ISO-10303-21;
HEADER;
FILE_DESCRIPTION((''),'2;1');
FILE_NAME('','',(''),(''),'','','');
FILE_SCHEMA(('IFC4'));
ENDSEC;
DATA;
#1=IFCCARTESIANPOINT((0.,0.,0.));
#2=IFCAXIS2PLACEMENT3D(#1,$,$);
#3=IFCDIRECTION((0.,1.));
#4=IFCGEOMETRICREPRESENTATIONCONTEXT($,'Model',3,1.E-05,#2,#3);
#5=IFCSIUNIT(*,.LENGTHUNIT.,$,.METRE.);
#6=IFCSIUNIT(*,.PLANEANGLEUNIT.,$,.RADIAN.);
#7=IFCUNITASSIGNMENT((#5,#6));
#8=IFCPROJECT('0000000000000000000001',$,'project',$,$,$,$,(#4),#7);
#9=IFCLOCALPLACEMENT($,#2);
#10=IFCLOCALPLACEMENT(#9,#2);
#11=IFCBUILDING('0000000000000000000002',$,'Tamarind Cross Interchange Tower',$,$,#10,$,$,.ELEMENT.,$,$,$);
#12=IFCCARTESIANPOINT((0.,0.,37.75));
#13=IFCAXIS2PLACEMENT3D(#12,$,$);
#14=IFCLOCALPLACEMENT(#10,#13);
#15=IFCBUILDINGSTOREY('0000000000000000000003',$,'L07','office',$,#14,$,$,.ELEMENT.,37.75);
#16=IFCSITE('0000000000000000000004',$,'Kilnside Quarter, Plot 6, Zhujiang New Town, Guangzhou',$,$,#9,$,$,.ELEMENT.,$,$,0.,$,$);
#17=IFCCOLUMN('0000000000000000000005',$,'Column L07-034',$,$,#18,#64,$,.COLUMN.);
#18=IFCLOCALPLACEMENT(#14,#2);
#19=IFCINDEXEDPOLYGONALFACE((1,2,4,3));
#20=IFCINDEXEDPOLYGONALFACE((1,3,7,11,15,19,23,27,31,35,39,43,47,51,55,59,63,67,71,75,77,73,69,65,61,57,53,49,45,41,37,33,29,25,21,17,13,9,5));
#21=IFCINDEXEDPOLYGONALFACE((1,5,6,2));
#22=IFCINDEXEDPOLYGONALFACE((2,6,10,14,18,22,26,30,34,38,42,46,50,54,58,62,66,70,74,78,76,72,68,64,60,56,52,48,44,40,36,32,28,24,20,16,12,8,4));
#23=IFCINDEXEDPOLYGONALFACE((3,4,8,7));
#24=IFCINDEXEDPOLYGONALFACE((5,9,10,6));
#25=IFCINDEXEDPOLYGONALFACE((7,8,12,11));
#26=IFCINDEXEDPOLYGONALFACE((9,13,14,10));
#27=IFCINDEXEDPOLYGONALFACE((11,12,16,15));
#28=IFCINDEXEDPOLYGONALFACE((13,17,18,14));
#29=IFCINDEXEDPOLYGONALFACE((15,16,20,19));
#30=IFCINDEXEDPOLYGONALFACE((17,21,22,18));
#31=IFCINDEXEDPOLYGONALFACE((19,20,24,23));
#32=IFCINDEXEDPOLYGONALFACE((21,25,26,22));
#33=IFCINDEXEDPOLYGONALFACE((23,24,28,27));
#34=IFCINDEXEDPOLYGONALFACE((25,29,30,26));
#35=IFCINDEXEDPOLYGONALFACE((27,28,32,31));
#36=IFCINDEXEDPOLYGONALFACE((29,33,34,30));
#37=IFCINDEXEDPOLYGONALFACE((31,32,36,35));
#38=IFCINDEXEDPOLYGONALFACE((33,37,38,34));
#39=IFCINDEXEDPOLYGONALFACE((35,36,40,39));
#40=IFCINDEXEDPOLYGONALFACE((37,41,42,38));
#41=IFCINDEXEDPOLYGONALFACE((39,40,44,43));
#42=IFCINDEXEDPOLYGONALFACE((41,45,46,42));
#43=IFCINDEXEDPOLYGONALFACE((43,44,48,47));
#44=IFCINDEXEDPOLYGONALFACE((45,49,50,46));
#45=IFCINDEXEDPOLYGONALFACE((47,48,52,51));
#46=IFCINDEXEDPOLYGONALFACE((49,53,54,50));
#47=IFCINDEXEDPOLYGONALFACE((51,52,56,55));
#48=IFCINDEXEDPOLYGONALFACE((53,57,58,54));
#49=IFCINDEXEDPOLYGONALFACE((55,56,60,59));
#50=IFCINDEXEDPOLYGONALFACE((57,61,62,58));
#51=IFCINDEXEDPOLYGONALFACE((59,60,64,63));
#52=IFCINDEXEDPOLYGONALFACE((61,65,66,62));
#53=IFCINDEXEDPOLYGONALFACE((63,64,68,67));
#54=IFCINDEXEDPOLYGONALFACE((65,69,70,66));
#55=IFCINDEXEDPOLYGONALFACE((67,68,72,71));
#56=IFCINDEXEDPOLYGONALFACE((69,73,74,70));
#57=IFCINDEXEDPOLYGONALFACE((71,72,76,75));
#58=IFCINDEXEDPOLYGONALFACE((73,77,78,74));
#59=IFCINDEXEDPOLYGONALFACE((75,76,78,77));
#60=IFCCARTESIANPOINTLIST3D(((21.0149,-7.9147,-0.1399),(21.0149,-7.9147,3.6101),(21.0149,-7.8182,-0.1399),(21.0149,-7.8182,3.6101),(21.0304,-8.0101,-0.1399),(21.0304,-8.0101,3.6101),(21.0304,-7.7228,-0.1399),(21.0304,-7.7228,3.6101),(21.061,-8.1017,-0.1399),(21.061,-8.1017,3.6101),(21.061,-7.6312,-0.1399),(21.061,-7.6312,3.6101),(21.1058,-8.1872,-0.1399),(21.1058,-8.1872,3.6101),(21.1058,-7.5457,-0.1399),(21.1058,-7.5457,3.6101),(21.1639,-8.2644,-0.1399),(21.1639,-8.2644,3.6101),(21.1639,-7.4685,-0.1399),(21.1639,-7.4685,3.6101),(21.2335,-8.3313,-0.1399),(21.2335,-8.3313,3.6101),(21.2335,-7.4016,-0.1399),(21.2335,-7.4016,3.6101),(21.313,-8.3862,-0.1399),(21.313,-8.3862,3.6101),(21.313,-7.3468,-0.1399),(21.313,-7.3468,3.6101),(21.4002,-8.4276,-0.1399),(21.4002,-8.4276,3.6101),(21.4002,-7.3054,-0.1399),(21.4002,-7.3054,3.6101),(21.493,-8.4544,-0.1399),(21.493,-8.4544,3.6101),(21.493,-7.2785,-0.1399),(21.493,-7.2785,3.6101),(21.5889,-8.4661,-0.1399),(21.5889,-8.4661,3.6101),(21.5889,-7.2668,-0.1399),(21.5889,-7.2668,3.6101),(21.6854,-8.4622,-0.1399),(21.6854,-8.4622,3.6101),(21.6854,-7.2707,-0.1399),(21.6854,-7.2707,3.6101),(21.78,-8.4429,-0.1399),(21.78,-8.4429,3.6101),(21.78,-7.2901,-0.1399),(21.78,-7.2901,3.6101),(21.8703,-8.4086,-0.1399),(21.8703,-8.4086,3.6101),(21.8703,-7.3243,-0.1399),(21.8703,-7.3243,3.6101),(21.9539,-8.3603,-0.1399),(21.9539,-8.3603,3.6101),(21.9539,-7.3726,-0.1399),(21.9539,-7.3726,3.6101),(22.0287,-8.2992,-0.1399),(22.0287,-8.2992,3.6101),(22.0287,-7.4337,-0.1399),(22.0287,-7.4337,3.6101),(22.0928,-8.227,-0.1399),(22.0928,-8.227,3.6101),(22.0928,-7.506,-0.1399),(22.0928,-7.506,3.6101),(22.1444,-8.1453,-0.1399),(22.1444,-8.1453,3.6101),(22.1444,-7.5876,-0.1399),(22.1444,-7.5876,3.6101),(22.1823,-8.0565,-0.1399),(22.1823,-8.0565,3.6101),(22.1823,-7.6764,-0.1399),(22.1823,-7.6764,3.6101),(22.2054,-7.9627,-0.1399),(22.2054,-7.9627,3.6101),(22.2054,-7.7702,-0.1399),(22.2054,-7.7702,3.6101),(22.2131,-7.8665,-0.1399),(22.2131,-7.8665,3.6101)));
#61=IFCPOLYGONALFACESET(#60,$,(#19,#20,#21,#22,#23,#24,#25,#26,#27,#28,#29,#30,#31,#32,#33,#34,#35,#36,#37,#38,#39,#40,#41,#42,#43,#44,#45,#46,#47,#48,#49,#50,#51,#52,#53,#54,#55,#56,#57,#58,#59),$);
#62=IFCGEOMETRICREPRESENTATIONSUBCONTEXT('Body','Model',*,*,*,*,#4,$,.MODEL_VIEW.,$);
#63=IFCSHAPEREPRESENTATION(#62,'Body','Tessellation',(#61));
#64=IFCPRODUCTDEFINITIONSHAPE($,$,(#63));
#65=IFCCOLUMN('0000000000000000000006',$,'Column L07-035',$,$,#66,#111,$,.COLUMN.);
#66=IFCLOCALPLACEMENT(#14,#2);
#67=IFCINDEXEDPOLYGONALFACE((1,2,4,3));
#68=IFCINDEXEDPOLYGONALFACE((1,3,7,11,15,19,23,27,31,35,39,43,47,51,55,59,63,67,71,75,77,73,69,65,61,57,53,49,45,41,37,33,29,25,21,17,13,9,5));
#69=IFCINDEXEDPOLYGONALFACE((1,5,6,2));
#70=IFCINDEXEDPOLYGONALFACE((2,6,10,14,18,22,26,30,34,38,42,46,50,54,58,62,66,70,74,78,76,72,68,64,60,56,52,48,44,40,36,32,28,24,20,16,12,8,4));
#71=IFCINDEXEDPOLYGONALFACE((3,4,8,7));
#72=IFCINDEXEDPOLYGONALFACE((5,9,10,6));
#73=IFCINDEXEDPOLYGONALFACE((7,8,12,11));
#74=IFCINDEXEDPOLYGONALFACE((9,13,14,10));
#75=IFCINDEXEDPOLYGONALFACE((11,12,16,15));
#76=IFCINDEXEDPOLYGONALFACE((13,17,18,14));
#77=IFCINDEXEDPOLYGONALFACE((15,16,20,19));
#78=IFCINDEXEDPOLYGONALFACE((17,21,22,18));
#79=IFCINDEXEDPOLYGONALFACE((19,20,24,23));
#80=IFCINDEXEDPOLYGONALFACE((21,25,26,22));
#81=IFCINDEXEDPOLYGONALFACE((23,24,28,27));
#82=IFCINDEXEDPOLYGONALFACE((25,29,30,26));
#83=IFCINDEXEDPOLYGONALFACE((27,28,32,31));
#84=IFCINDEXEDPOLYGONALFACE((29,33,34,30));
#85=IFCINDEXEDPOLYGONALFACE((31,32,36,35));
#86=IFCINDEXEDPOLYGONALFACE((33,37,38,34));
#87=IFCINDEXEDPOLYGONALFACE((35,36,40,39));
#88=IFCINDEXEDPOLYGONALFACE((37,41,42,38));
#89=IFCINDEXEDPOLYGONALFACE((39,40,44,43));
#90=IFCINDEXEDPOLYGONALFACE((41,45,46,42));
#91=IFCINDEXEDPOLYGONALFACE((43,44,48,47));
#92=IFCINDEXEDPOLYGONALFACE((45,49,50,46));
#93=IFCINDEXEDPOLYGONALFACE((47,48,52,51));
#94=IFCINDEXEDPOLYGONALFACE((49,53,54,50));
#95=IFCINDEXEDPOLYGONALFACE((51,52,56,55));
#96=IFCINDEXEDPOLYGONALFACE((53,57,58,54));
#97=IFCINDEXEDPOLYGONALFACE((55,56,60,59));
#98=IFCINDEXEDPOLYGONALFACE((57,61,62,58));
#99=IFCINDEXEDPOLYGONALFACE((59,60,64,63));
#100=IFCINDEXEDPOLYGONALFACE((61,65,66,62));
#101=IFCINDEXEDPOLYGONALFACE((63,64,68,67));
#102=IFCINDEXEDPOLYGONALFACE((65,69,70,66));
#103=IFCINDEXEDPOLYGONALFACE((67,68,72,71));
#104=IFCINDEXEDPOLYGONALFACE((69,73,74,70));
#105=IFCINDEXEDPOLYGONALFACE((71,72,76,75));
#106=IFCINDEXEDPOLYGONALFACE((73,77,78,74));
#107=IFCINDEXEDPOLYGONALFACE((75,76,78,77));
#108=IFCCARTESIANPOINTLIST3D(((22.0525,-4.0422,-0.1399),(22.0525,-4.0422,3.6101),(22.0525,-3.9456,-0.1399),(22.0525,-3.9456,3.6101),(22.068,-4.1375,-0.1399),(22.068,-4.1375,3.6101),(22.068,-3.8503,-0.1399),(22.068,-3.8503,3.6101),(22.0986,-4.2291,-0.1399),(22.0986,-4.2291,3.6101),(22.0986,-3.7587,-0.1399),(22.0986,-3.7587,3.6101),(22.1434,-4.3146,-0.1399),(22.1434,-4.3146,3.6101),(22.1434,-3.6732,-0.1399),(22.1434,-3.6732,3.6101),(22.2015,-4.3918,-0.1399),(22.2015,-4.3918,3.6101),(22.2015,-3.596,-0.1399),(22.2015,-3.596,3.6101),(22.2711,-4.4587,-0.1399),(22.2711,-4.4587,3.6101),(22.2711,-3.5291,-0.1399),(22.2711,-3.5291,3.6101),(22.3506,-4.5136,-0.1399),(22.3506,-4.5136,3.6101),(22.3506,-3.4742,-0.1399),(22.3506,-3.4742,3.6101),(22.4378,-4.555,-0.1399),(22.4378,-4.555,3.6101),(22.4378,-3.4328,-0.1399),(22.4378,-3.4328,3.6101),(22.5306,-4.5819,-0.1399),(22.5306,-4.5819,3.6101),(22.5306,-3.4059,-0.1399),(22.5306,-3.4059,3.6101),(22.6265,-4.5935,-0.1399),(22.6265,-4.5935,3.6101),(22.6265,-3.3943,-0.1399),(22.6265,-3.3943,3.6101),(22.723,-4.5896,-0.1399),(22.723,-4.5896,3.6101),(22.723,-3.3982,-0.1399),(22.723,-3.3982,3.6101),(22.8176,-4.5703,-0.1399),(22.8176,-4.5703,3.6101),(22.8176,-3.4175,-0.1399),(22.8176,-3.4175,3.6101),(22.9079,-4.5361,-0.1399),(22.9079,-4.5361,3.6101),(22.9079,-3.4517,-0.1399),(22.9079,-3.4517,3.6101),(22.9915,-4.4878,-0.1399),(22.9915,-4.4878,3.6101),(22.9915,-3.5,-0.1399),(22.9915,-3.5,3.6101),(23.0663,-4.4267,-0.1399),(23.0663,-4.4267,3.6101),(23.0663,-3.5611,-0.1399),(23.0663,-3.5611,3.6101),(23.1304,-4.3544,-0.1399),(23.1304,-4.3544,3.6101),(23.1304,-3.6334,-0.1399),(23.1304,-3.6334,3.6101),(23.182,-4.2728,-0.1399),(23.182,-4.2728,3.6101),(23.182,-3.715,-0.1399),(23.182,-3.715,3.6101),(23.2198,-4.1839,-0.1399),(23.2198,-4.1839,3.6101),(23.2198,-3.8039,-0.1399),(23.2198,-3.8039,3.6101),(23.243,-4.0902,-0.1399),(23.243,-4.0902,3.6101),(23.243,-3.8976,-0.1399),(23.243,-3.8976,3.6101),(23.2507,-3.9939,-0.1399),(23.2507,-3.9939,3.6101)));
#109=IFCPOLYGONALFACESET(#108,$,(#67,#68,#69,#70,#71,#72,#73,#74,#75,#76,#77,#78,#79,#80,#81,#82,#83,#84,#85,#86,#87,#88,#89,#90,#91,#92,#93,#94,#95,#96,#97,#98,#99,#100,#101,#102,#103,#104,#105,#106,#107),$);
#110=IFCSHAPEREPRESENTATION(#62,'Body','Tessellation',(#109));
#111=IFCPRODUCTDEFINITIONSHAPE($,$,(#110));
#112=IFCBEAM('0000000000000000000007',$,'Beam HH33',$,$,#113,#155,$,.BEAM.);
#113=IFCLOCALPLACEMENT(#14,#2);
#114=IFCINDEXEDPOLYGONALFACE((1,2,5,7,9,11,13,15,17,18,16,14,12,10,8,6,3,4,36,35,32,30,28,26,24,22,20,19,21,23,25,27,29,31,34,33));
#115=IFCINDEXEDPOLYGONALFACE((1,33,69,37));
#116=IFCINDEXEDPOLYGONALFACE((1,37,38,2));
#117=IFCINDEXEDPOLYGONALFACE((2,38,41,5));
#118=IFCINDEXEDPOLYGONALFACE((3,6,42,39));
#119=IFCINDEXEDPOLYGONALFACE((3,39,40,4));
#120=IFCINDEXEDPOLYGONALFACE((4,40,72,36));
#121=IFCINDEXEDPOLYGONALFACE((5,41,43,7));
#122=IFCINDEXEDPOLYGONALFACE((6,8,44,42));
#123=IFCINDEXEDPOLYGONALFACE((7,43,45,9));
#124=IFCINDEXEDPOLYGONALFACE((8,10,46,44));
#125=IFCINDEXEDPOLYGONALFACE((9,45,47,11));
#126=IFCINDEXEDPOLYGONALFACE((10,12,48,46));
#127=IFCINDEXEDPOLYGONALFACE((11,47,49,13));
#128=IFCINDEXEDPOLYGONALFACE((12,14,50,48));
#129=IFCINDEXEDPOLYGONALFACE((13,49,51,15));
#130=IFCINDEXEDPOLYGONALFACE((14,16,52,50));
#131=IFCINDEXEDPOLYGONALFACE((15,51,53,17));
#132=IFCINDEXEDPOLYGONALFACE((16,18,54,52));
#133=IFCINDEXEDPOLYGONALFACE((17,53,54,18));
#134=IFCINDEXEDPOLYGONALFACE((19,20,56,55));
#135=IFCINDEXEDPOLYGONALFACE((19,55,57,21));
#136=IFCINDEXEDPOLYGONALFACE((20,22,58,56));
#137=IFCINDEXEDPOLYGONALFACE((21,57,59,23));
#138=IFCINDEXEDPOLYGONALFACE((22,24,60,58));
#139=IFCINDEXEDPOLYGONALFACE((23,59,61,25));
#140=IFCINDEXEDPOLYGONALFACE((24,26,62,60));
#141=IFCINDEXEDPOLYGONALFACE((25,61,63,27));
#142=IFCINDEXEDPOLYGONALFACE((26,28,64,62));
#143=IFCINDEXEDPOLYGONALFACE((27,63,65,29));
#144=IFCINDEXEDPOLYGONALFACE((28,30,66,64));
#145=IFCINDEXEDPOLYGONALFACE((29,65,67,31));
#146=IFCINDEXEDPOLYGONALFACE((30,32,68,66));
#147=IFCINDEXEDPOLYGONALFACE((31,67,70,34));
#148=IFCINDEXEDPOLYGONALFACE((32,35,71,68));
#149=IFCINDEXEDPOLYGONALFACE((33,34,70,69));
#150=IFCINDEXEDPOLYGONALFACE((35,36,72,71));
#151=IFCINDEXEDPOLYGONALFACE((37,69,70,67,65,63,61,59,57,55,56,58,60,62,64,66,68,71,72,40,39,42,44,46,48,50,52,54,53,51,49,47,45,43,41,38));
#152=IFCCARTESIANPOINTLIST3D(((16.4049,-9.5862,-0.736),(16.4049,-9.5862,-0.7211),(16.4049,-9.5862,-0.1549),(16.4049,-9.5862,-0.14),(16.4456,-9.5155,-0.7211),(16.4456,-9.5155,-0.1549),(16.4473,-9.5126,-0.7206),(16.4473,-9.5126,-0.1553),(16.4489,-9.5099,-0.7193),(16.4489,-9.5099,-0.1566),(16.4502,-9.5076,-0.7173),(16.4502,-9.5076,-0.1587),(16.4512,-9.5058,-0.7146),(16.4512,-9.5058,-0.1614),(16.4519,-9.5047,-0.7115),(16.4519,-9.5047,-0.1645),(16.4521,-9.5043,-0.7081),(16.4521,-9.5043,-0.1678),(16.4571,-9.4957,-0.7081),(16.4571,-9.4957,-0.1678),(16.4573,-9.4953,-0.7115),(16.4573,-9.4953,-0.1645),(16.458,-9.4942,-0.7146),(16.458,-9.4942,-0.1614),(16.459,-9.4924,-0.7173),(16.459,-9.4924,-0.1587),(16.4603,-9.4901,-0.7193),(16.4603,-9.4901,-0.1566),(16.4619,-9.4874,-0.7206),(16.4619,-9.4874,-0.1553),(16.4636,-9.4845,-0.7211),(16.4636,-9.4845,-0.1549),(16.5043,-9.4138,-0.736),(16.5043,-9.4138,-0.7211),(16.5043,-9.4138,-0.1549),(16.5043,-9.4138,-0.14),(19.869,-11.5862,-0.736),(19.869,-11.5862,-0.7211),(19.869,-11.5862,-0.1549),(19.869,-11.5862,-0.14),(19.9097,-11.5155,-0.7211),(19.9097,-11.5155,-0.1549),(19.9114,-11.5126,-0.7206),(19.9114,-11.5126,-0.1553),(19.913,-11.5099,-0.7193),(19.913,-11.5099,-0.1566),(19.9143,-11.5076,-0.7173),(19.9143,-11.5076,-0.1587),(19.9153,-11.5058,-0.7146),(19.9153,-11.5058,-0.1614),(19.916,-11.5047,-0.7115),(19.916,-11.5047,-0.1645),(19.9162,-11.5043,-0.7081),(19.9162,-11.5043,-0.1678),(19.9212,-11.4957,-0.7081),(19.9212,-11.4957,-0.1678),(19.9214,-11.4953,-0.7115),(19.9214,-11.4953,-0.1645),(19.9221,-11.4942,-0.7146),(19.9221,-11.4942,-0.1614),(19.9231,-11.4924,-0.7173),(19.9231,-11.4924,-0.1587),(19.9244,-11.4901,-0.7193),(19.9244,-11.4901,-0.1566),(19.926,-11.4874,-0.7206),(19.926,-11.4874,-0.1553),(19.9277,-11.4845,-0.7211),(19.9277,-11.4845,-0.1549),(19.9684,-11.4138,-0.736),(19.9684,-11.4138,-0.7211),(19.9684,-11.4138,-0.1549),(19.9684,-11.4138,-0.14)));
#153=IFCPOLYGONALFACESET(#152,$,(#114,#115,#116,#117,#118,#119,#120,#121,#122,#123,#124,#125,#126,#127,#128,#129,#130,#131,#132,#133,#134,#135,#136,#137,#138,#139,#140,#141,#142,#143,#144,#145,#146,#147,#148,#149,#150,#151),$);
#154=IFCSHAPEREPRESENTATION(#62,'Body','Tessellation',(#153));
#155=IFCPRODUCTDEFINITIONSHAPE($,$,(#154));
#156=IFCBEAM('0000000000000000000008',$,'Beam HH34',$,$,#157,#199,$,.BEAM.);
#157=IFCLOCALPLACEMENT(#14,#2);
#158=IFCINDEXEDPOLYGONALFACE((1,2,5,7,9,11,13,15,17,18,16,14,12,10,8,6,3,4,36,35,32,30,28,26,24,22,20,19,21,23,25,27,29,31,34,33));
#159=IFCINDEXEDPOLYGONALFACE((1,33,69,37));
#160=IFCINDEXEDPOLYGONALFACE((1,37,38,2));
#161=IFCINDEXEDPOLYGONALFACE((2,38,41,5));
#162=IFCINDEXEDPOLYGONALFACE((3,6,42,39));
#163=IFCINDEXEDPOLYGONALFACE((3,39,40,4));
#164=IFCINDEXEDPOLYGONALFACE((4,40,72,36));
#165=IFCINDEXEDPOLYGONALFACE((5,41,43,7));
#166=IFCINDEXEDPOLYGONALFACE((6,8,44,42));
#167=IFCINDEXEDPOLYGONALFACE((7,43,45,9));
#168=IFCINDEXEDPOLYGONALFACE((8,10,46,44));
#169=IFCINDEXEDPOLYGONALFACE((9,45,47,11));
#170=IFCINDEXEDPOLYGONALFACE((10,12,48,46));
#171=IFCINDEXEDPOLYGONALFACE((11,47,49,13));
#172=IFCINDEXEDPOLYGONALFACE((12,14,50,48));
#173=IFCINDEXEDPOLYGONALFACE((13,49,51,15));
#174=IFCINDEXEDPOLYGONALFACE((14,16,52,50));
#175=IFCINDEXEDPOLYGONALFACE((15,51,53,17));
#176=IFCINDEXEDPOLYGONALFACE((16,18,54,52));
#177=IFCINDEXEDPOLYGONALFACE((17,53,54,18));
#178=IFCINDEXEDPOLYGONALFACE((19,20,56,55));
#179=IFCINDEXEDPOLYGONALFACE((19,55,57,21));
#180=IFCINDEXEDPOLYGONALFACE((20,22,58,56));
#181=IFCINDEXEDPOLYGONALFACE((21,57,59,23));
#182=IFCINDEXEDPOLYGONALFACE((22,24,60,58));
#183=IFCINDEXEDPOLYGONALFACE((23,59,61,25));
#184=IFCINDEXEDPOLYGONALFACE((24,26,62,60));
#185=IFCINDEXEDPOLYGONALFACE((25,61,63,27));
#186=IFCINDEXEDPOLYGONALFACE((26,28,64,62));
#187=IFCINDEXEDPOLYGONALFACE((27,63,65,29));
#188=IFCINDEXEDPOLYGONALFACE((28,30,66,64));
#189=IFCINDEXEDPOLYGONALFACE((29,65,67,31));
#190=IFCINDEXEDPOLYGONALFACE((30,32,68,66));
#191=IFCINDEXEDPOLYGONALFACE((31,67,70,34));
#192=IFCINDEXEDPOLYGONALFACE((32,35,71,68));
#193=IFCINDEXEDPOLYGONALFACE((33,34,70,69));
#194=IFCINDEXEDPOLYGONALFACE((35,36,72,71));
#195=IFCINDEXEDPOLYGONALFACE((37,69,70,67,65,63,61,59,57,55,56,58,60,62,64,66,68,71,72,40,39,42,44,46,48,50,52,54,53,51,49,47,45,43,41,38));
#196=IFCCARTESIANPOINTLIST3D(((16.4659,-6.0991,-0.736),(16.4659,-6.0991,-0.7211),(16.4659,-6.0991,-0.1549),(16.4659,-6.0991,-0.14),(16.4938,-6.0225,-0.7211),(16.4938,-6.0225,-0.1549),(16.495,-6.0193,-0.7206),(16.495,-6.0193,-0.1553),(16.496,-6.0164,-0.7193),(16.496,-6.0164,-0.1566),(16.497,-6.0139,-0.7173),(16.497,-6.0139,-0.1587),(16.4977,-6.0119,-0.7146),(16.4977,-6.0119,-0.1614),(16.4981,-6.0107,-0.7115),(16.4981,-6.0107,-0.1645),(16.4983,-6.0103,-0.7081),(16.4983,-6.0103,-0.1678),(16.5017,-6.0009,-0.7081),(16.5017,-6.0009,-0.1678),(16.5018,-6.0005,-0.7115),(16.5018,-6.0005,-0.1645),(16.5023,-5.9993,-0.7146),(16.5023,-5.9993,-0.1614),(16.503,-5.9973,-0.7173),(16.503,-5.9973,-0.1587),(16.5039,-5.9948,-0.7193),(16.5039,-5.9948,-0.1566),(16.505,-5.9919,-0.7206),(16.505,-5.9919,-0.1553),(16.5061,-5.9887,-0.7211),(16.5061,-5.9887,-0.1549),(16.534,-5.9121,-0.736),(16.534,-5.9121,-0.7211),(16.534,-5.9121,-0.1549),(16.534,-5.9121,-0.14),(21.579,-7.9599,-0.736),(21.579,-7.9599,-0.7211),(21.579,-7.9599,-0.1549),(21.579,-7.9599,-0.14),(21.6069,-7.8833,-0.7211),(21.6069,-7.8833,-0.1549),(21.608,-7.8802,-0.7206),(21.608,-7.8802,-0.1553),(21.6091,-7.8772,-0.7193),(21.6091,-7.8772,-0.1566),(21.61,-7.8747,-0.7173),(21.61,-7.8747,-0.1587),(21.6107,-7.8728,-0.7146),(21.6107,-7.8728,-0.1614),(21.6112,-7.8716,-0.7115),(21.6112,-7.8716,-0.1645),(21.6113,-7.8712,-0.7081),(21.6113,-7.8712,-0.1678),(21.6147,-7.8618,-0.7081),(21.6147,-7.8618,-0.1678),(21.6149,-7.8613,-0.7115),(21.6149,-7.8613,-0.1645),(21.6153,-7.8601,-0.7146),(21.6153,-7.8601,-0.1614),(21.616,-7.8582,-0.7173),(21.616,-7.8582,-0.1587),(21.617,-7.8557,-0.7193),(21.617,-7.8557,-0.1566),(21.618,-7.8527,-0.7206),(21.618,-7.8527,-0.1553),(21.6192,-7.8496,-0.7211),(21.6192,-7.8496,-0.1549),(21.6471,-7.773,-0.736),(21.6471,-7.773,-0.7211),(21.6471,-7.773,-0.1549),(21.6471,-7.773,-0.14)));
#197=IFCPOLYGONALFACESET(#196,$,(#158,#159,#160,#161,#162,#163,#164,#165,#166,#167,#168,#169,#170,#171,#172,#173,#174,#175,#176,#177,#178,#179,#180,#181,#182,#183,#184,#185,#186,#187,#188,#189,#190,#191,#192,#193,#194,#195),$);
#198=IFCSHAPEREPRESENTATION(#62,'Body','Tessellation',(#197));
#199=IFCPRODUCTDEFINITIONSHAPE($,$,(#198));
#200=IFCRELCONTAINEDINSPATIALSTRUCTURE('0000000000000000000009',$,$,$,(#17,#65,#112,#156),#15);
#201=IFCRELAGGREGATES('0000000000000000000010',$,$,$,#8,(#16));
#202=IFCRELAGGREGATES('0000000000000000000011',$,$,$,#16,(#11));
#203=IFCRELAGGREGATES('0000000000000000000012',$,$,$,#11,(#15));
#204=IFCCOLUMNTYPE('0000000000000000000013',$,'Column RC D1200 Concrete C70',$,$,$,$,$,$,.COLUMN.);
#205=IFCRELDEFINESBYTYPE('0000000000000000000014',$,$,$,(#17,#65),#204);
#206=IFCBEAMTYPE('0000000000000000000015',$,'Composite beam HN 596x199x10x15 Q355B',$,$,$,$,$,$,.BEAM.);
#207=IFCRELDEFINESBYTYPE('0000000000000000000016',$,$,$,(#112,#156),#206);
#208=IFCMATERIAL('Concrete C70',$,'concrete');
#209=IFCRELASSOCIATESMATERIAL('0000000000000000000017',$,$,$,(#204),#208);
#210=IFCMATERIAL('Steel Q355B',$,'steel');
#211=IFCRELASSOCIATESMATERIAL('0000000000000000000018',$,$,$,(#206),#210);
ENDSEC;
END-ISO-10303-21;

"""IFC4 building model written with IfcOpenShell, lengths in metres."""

from ifc_helpers import new_model, si_unit, direction, frame, origin, origin_2d, place, context, subcontext, project, spatial, circle, i_section, extrude, material, material_profile, profile_set, type_object, element, save


model = new_model("IFC4")

# Units and contexts
model_context = context("Model", 3, precision=1e-05, world=origin(), true_north=direction((0.0, 1.0)))
body_context = subcontext(model_context, "Body", "Model", "MODEL_VIEW")
ifc_project = project(units=[si_unit("LENGTHUNIT", "METRE"), si_unit("PLANEANGLEUNIT", "RADIAN")], contexts=[model_context])

# Site, building, storey
site_placement = place(None, origin())
site = spatial("IfcSite", under=ifc_project, at=site_placement, Name="Kilnside Quarter, Plot 6, Zhujiang New Town, Guangzhou", CompositionType="ELEMENT", RefElevation=0.0)
building_placement = place(site_placement, origin())
building = spatial("IfcBuilding", under=site, at=building_placement, Name="Tamarind Cross Interchange Tower", CompositionType="ELEMENT")
storey_placement = place(building_placement, frame((0.0, 0.0, 37.75)))
storey = spatial("IfcBuildingStorey", under=building, at=storey_placement, Name="L07", Description="office", CompositionType="ELEMENT", Elevation=37.75)

# Columns
ifc_material_1 = material(Name="Concrete C70", Category="concrete")
ifc_material_profile_1 = material_profile(ifc_material_1, circle(Radius=0.6001, at=origin_2d()), Name="RC D1200")
ifc_profile_set_1 = profile_set([ifc_material_profile_1], Name="Concrete C70")
column_type = type_object("IfcColumnType", Name="Column RC D1200 Concrete C70", PredefinedType="COLUMN", material=ifc_profile_set_1)
for number, where, z_axis, x_axis, name in (
    (1, (21.613, -7.8665, -0.1399), (0.0, 0.0, 1.0), (1.0, 0.0, 0.0), "Column L07-034"),
    (2, (22.6506, -3.9939, -0.1399), (0.0, 0.0, 1.0), (1.0, 0.0, 0.0), "Column L07-035"),
):
    element("IfcColumn", number, at=place(storey_placement, frame(where, z_axis=z_axis, x_axis=x_axis)), inside=storey, type_object=column_type, Name=name, PredefinedType="COLUMN", context=body_context, shape_type="SweptSolid", body=[
        extrude(circle(Radius=0.6001, at=origin_2d()), origin(), (0.0, 0.0, 1.0), 3.75),
    ])

# Beams
ifc_material_2 = material(Name="Steel Q355B", Category="steel")
ifc_material_profile_2 = material_profile(ifc_material_2, i_section(OverallWidth=0.199, OverallDepth=0.5959, WebThickness=0.01, FlangeThickness=0.0149, FilletRadius=0.0129, at=origin_2d()), Name="HN 596x199x10x15")
ifc_profile_set_2 = profile_set([ifc_material_profile_2], Name="Steel Q355B")
beam_type = type_object("IfcBeamType", Name="Composite beam HN 596x199x10x15 Q355B", PredefinedType="BEAM", material=ifc_profile_set_2)
beam_1_placement = place(storey_placement, frame((19.9187, -11.5, -0.438), z_axis=(-0.866026, 0.499999, 0.0), x_axis=(-0.499999, -0.866026, 0.0)))
element("IfcBeam", 3, at=beam_1_placement, inside=storey, type_object=beam_type, Name="Beam HH33", PredefinedType="BEAM", context=body_context, shape_type="SweptSolid", body=[
    extrude(i_section(OverallWidth=0.199, OverallDepth=0.5959, WebThickness=0.01, FlangeThickness=0.0149, FilletRadius=0.0129, at=origin_2d()), origin(), (0.0, 0.0, 1.0), 4.0),
])
beam_2_placement = place(storey_placement, frame((21.613, -7.8665, -0.438), z_axis=(-0.939702, 0.341995, 0.0), x_axis=(-0.341995, -0.939702, 0.0)))
element("IfcBeam", 4, at=beam_2_placement, inside=storey, type_object=beam_type, Name="Beam HH34", PredefinedType="BEAM", context=body_context, shape_type="SweptSolid", body=[
    extrude(i_section(OverallWidth=0.199, OverallDepth=0.5959, WebThickness=0.01, FlangeThickness=0.0149, FilletRadius=0.0129, at=origin_2d()), origin(), (0.0, 0.0, 1.0), 5.4412),
])

save(model, "model.ifc")
